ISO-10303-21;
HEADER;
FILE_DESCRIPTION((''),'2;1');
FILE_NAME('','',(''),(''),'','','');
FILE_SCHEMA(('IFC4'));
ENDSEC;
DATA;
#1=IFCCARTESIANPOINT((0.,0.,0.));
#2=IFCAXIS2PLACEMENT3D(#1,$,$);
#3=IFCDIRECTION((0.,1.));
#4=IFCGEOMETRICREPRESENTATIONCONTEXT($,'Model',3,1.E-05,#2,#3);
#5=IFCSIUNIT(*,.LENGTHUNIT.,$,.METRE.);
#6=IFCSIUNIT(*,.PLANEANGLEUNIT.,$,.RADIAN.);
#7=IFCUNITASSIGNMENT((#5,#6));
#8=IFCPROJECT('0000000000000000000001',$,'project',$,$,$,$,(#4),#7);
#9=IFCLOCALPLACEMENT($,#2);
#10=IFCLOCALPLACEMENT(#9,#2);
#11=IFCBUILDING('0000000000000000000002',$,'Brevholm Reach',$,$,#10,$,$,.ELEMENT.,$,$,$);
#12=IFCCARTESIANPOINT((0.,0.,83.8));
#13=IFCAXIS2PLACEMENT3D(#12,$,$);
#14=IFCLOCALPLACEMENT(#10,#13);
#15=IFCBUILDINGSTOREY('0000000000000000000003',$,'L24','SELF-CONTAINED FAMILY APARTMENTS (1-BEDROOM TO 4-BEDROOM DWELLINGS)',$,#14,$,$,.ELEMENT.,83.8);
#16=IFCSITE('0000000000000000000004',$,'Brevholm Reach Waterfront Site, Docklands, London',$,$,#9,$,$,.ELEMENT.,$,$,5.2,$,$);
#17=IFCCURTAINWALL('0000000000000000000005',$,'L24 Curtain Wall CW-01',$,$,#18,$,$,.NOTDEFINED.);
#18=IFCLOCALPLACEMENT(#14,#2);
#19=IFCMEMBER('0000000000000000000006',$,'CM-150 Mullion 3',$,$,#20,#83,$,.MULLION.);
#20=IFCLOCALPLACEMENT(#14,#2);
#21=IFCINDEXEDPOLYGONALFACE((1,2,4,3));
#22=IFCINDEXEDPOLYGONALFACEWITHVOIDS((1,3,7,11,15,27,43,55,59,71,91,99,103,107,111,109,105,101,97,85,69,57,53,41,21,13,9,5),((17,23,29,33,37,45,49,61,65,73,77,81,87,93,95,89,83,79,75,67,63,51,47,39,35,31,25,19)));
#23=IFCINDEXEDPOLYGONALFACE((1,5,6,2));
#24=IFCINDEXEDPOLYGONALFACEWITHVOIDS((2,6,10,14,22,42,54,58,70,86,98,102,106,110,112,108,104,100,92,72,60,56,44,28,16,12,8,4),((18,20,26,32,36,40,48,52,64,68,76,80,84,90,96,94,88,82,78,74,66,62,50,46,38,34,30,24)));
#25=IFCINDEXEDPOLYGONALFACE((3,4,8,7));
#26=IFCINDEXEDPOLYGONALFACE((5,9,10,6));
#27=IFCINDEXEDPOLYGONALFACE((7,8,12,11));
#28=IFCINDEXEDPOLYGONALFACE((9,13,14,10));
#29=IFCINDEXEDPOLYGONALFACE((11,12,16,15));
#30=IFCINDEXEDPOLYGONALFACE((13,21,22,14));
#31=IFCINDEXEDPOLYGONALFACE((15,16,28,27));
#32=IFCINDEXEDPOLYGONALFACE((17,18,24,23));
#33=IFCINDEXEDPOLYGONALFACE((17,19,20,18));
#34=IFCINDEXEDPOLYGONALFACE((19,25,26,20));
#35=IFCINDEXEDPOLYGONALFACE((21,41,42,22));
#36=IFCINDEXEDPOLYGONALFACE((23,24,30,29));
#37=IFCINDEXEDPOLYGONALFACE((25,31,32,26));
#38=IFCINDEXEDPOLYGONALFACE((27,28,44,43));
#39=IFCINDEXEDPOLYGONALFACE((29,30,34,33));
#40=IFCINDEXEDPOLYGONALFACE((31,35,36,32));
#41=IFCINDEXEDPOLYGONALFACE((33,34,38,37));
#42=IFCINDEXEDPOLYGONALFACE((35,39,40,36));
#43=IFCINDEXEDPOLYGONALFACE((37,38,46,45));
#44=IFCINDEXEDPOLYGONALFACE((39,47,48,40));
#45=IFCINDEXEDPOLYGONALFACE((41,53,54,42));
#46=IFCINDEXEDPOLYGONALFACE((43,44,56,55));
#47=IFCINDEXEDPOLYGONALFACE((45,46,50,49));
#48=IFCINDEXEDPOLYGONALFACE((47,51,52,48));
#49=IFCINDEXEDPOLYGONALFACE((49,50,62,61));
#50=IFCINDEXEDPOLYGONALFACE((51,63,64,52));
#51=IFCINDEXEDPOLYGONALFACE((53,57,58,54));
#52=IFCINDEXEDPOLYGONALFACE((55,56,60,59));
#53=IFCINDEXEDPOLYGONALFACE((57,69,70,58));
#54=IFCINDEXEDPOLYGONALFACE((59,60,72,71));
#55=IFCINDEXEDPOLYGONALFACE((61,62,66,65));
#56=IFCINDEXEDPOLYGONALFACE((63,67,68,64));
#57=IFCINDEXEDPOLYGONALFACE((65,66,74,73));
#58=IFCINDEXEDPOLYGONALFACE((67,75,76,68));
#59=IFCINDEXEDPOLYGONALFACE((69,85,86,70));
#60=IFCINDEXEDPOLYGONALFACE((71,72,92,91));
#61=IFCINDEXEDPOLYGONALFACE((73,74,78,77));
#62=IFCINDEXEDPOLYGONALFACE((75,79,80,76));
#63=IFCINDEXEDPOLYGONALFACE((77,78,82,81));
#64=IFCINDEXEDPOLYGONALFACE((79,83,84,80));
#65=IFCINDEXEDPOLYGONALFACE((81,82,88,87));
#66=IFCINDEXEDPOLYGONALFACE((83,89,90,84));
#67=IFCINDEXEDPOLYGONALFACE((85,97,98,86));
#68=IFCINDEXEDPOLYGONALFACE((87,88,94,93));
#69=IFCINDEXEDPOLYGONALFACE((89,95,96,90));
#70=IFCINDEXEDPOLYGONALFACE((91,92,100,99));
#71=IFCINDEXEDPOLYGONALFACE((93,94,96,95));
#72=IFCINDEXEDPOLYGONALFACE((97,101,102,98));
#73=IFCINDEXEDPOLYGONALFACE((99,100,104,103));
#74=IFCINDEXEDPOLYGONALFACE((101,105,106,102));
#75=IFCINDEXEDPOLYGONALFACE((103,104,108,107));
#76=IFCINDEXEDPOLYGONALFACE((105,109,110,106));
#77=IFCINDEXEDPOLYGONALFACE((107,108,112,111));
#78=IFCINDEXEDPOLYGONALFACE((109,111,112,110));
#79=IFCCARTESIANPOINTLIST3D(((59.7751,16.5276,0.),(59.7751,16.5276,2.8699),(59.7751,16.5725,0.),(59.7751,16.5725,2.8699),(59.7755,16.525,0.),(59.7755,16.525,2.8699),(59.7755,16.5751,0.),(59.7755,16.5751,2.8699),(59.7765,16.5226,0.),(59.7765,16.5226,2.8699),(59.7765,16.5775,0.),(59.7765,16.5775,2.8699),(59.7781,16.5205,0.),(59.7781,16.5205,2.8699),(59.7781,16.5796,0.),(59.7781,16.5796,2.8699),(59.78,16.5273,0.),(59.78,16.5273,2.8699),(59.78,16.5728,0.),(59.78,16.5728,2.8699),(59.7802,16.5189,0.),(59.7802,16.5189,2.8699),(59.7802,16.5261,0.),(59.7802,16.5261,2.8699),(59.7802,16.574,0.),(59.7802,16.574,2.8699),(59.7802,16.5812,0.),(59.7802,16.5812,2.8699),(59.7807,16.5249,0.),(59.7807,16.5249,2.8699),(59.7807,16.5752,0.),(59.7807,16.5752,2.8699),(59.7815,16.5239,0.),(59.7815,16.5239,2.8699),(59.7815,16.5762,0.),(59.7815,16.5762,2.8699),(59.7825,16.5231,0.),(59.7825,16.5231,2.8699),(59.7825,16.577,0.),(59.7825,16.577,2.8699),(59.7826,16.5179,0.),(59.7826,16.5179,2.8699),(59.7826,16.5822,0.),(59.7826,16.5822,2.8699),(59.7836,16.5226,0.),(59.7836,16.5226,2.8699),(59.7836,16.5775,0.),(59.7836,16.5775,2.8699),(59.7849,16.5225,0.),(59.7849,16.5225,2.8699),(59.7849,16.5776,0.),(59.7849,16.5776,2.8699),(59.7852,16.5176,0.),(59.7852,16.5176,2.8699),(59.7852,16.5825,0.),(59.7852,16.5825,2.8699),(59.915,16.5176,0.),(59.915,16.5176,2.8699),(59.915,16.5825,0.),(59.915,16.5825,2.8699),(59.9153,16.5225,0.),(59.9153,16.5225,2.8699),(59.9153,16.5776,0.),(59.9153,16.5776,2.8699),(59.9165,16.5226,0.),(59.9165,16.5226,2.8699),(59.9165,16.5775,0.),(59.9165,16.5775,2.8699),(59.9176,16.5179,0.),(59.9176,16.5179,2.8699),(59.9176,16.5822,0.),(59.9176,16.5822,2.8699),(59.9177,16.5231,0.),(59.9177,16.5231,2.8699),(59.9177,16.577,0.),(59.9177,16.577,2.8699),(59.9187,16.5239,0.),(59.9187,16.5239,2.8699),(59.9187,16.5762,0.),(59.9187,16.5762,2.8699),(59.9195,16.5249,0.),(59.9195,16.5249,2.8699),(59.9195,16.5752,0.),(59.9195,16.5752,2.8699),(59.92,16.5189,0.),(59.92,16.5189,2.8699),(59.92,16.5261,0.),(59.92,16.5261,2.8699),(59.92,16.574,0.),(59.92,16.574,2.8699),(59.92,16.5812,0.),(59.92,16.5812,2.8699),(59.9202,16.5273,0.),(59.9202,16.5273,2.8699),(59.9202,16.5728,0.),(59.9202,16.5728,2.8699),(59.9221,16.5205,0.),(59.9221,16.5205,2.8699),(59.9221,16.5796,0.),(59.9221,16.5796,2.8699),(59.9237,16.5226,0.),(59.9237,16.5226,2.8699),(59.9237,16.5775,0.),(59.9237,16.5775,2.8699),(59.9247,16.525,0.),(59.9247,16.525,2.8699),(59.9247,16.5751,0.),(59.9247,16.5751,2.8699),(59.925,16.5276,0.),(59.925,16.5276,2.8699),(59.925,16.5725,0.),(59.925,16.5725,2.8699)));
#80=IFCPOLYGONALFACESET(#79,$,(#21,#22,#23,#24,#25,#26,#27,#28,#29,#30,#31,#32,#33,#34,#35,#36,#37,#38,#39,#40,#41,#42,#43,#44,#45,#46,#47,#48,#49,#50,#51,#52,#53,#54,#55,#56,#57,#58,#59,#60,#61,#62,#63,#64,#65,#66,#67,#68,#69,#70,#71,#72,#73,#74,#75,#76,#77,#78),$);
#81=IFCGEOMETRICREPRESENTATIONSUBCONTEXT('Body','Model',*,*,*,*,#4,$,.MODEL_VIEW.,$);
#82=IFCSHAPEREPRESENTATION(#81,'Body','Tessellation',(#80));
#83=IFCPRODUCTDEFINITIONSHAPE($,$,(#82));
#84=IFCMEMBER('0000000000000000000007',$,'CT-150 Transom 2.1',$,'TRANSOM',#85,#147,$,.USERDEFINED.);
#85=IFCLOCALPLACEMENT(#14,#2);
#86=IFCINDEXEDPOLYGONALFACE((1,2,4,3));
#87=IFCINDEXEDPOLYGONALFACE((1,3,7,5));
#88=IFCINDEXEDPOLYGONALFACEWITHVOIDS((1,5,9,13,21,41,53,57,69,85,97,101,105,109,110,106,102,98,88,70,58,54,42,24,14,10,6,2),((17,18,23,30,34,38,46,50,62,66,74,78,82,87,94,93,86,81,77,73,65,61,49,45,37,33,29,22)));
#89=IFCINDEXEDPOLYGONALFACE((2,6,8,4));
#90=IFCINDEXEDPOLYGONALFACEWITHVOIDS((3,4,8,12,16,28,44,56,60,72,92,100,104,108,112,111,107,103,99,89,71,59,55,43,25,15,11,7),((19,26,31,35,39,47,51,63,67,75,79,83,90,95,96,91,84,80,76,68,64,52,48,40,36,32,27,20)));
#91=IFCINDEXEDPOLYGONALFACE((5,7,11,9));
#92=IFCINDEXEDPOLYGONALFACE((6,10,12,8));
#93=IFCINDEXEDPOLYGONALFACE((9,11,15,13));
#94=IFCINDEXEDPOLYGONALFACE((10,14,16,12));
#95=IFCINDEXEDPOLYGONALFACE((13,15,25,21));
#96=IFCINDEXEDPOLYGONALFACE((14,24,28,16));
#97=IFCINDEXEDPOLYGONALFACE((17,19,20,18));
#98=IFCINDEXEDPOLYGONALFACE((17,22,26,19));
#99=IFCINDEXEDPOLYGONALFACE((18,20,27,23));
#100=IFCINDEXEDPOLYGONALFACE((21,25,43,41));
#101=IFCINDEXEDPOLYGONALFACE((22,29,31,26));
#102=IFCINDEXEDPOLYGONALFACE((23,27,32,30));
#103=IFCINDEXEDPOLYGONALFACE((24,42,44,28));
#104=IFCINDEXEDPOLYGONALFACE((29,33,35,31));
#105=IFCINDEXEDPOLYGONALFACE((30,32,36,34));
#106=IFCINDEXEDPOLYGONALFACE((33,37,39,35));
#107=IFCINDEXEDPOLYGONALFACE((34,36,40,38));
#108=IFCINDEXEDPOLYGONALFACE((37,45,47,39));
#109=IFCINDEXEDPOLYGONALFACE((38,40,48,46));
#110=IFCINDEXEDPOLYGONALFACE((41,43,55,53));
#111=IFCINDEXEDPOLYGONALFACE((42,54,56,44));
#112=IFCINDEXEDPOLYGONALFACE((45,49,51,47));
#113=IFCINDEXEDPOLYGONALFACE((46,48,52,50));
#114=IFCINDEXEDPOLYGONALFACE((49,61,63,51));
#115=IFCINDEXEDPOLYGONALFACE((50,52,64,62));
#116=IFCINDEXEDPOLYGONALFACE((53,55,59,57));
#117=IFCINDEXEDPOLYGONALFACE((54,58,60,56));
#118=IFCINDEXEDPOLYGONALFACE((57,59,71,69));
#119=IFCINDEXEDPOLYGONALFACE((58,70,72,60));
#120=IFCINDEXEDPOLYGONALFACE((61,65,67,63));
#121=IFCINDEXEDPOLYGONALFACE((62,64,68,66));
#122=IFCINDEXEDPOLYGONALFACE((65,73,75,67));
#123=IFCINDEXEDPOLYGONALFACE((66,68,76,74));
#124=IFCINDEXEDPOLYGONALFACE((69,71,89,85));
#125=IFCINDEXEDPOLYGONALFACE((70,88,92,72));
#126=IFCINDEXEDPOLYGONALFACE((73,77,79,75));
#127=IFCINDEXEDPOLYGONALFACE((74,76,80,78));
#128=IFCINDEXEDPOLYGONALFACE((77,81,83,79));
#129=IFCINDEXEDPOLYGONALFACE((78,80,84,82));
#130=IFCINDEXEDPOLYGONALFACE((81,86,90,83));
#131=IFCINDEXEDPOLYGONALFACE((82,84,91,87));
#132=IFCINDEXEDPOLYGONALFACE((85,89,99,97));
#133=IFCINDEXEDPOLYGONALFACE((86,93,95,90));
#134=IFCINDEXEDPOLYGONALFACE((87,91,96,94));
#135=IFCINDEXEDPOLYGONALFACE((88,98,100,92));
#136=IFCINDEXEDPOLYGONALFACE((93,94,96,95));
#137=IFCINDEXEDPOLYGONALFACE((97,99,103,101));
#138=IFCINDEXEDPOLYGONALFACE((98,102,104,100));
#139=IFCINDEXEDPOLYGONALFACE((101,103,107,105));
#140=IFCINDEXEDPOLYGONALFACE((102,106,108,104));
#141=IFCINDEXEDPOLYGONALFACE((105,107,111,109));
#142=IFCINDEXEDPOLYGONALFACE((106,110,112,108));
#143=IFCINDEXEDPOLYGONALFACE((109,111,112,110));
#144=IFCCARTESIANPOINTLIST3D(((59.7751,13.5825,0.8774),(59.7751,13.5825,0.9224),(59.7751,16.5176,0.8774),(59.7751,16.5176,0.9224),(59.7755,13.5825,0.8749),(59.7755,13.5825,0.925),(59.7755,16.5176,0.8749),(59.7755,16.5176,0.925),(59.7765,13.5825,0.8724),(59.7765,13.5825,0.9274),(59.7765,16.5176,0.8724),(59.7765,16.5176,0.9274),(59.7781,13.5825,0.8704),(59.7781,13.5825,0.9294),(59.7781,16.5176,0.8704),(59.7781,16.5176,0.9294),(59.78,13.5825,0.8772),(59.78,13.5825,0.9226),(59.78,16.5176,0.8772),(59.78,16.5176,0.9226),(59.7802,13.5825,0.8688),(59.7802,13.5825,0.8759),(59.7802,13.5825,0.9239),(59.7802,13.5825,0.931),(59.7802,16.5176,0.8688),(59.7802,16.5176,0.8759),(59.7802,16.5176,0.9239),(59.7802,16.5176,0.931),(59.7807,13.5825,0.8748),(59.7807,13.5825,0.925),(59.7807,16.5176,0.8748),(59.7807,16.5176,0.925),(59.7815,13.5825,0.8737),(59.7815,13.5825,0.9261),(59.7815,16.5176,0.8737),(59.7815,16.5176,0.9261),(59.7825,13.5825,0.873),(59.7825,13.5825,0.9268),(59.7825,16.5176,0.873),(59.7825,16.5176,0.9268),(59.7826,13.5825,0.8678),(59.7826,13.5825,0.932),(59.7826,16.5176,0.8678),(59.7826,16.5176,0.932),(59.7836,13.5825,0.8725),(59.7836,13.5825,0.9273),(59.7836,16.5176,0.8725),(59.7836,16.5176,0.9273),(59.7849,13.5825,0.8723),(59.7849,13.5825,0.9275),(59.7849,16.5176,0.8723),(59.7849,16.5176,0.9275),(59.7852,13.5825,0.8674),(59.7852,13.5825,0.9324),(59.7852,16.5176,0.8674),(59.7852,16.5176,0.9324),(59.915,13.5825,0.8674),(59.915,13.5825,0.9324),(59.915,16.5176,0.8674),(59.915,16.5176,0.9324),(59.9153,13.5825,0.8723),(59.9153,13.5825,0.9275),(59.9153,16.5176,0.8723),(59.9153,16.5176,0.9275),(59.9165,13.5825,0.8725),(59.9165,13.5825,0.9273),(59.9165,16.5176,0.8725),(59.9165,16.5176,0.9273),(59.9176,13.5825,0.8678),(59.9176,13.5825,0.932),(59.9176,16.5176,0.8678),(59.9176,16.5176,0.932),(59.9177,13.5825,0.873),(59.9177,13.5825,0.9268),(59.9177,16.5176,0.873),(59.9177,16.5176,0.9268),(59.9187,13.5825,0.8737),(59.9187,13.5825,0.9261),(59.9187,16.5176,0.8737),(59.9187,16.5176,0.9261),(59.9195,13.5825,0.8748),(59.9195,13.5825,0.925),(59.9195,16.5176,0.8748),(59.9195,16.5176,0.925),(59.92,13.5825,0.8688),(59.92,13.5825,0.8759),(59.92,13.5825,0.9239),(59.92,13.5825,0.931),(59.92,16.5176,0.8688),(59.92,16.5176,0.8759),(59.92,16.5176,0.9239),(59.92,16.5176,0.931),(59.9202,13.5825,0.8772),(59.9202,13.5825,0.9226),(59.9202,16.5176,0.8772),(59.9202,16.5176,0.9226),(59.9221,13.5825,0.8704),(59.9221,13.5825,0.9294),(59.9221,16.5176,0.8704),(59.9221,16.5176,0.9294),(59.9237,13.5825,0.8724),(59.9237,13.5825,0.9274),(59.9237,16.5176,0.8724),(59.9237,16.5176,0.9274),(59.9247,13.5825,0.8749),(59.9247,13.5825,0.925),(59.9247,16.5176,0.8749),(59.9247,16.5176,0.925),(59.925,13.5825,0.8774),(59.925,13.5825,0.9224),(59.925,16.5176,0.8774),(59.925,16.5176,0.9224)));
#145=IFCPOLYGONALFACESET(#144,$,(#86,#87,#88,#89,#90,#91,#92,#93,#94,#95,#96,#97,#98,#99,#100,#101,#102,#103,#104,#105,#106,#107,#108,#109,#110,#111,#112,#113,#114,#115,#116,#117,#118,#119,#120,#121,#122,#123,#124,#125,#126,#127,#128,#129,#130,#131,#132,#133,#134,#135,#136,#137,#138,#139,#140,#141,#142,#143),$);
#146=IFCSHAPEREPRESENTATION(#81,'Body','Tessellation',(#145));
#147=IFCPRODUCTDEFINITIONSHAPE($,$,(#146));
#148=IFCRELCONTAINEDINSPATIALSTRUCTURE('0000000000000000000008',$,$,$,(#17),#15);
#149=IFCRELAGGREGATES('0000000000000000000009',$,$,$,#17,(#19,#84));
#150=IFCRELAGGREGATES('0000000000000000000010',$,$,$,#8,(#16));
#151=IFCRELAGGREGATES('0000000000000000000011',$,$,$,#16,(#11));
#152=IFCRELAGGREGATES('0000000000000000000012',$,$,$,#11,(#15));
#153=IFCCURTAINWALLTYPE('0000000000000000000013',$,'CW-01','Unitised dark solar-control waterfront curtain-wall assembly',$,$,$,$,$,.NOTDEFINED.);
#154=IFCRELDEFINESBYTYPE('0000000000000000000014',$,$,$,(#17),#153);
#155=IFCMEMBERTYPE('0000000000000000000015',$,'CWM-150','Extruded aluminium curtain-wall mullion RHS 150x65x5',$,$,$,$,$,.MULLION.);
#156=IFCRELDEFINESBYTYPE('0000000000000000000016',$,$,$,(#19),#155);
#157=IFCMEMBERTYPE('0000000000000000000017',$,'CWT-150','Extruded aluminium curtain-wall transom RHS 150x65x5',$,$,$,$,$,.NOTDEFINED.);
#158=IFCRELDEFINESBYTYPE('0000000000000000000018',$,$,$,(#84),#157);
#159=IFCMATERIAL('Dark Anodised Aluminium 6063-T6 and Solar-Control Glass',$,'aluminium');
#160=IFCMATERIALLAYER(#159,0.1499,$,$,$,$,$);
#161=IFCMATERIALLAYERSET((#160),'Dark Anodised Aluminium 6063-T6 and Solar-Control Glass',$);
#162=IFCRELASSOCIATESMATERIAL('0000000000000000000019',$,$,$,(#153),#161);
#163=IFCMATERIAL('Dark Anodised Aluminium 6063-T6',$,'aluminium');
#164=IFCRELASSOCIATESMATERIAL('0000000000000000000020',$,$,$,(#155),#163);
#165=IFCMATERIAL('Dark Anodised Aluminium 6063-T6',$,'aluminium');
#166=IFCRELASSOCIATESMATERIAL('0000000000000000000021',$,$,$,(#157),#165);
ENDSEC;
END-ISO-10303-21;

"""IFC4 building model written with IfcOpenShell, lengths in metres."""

from ifc_helpers import new_model, si_unit, direction, frame, origin, origin_2d, place, context, subcontext, project, spatial, hollow_rectangle, extrude, material, layer, layer_set, material_profile, profile_set, type_object, element, aggregate, save


model = new_model("IFC4")

# Units and contexts
model_context = context("Model", 3, precision=1e-05, world=origin(), true_north=direction((0.0, 1.0)))
body_context = subcontext(model_context, "Body", "Model", "MODEL_VIEW")
ifc_project = project(units=[si_unit("LENGTHUNIT", "METRE"), si_unit("PLANEANGLEUNIT", "RADIAN")], contexts=[model_context])

# Site, building, storey
site_placement = place(None, origin())
site = spatial("IfcSite", under=ifc_project, at=site_placement, Name="Brevholm Reach Waterfront Site, Docklands, London", CompositionType="ELEMENT", RefElevation=5.2)
building_placement = place(site_placement, origin())
building = spatial("IfcBuilding", under=site, at=building_placement, Name="Brevholm Reach", CompositionType="ELEMENT")
storey_placement = place(building_placement, frame((0.0, 0.0, 83.8)))
storey = spatial("IfcBuildingStorey", under=building, at=storey_placement, Name="L24", Description="SELF-CONTAINED FAMILY APARTMENTS (1-BEDROOM TO 4-BEDROOM DWELLINGS)", CompositionType="ELEMENT", Elevation=83.8)

# Curtain wall, members
ifc_material_1 = material(Name="Dark Anodised Aluminium 6063-T6 and Solar-Control Glass", Category="aluminium")
ifc_layer_1 = layer(ifc_material_1, 0.1499)
ifc_layer_set_1 = layer_set([ifc_layer_1], Name="Dark Anodised Aluminium 6063-T6 and Solar-Control Glass")
curtain_wall_type = type_object("IfcCurtainWallType", Name="CW-01", Description="Unitised dark solar-control waterfront curtain-wall assembly", PredefinedType="NOTDEFINED", material=ifc_layer_set_1)
curtain_wall_placement = place(storey_placement, origin())
curtain_wall = element("IfcCurtainWall", 1, at=curtain_wall_placement, inside=storey, type_object=curtain_wall_type, Name="L24 Curtain Wall CW-01", PredefinedType="NOTDEFINED")
ifc_material_2 = material(Name="Dark Anodised Aluminium 6063-T6", Category="aluminium")
ifc_material_profile_1 = material_profile(ifc_material_2, hollow_rectangle(XDim=0.0649, YDim=0.1499, WallThickness=0.0049, InnerFilletRadius=0.0049, OuterFilletRadius=0.01, at=origin_2d()), Name="RHS 150x65x5")
ifc_profile_set_1 = profile_set([ifc_material_profile_1], Name="Dark Anodised Aluminium 6063-T6")
member_type_1 = type_object("IfcMemberType", Name="CWM-150", Description="Extruded aluminium curtain-wall mullion RHS 150x65x5", PredefinedType="MULLION", material=ifc_profile_set_1)
member_1_placement = place(storey_placement, frame((59.8501, 16.55, 0.0), z_axis=(0.0, 0.0, 1.0), x_axis=(0.0, 1.0, 0.0)))
member_1 = element("IfcMember", 2, at=member_1_placement, type_object=member_type_1, Name="CM-150 Mullion 3", PredefinedType="MULLION", context=body_context, shape_type="SweptSolid", body=[
    extrude(hollow_rectangle(XDim=0.0649, YDim=0.1499, WallThickness=0.0049, InnerFilletRadius=0.0049, OuterFilletRadius=0.01, at=origin_2d()), origin(), (0.0, 0.0, 1.0), 2.8699),
])
ifc_material_3 = material(Name="Dark Anodised Aluminium 6063-T6", Category="aluminium")
ifc_material_profile_2 = material_profile(ifc_material_3, hollow_rectangle(XDim=0.0649, YDim=0.1499, WallThickness=0.0049, InnerFilletRadius=0.0049, OuterFilletRadius=0.01, at=origin_2d()), Name="RHS 150x65x5")
ifc_profile_set_2 = profile_set([ifc_material_profile_2], Name="Dark Anodised Aluminium 6063-T6")
member_type_2 = type_object("IfcMemberType", Name="CWT-150", Description="Extruded aluminium curtain-wall transom RHS 150x65x5", PredefinedType="NOTDEFINED", material=ifc_profile_set_2)
member_2_placement = place(storey_placement, frame((59.8501, 13.5825, 0.8999), z_axis=(0.0, 1.0, 0.0), x_axis=(0.0, 0.0, 1.0)))
member_2 = element("IfcMember", 3, at=member_2_placement, type_object=member_type_2, Name="CT-150 Transom 2.1", ObjectType="TRANSOM", PredefinedType="USERDEFINED", context=body_context, shape_type="SweptSolid", body=[
    extrude(hollow_rectangle(XDim=0.0649, YDim=0.1499, WallThickness=0.0049, InnerFilletRadius=0.0049, OuterFilletRadius=0.01, at=origin_2d()), origin(), (0.0, 0.0, 1.0), 2.9351),
])
aggregate(curtain_wall, [member_1, member_2])

save(model, "model.ifc")
